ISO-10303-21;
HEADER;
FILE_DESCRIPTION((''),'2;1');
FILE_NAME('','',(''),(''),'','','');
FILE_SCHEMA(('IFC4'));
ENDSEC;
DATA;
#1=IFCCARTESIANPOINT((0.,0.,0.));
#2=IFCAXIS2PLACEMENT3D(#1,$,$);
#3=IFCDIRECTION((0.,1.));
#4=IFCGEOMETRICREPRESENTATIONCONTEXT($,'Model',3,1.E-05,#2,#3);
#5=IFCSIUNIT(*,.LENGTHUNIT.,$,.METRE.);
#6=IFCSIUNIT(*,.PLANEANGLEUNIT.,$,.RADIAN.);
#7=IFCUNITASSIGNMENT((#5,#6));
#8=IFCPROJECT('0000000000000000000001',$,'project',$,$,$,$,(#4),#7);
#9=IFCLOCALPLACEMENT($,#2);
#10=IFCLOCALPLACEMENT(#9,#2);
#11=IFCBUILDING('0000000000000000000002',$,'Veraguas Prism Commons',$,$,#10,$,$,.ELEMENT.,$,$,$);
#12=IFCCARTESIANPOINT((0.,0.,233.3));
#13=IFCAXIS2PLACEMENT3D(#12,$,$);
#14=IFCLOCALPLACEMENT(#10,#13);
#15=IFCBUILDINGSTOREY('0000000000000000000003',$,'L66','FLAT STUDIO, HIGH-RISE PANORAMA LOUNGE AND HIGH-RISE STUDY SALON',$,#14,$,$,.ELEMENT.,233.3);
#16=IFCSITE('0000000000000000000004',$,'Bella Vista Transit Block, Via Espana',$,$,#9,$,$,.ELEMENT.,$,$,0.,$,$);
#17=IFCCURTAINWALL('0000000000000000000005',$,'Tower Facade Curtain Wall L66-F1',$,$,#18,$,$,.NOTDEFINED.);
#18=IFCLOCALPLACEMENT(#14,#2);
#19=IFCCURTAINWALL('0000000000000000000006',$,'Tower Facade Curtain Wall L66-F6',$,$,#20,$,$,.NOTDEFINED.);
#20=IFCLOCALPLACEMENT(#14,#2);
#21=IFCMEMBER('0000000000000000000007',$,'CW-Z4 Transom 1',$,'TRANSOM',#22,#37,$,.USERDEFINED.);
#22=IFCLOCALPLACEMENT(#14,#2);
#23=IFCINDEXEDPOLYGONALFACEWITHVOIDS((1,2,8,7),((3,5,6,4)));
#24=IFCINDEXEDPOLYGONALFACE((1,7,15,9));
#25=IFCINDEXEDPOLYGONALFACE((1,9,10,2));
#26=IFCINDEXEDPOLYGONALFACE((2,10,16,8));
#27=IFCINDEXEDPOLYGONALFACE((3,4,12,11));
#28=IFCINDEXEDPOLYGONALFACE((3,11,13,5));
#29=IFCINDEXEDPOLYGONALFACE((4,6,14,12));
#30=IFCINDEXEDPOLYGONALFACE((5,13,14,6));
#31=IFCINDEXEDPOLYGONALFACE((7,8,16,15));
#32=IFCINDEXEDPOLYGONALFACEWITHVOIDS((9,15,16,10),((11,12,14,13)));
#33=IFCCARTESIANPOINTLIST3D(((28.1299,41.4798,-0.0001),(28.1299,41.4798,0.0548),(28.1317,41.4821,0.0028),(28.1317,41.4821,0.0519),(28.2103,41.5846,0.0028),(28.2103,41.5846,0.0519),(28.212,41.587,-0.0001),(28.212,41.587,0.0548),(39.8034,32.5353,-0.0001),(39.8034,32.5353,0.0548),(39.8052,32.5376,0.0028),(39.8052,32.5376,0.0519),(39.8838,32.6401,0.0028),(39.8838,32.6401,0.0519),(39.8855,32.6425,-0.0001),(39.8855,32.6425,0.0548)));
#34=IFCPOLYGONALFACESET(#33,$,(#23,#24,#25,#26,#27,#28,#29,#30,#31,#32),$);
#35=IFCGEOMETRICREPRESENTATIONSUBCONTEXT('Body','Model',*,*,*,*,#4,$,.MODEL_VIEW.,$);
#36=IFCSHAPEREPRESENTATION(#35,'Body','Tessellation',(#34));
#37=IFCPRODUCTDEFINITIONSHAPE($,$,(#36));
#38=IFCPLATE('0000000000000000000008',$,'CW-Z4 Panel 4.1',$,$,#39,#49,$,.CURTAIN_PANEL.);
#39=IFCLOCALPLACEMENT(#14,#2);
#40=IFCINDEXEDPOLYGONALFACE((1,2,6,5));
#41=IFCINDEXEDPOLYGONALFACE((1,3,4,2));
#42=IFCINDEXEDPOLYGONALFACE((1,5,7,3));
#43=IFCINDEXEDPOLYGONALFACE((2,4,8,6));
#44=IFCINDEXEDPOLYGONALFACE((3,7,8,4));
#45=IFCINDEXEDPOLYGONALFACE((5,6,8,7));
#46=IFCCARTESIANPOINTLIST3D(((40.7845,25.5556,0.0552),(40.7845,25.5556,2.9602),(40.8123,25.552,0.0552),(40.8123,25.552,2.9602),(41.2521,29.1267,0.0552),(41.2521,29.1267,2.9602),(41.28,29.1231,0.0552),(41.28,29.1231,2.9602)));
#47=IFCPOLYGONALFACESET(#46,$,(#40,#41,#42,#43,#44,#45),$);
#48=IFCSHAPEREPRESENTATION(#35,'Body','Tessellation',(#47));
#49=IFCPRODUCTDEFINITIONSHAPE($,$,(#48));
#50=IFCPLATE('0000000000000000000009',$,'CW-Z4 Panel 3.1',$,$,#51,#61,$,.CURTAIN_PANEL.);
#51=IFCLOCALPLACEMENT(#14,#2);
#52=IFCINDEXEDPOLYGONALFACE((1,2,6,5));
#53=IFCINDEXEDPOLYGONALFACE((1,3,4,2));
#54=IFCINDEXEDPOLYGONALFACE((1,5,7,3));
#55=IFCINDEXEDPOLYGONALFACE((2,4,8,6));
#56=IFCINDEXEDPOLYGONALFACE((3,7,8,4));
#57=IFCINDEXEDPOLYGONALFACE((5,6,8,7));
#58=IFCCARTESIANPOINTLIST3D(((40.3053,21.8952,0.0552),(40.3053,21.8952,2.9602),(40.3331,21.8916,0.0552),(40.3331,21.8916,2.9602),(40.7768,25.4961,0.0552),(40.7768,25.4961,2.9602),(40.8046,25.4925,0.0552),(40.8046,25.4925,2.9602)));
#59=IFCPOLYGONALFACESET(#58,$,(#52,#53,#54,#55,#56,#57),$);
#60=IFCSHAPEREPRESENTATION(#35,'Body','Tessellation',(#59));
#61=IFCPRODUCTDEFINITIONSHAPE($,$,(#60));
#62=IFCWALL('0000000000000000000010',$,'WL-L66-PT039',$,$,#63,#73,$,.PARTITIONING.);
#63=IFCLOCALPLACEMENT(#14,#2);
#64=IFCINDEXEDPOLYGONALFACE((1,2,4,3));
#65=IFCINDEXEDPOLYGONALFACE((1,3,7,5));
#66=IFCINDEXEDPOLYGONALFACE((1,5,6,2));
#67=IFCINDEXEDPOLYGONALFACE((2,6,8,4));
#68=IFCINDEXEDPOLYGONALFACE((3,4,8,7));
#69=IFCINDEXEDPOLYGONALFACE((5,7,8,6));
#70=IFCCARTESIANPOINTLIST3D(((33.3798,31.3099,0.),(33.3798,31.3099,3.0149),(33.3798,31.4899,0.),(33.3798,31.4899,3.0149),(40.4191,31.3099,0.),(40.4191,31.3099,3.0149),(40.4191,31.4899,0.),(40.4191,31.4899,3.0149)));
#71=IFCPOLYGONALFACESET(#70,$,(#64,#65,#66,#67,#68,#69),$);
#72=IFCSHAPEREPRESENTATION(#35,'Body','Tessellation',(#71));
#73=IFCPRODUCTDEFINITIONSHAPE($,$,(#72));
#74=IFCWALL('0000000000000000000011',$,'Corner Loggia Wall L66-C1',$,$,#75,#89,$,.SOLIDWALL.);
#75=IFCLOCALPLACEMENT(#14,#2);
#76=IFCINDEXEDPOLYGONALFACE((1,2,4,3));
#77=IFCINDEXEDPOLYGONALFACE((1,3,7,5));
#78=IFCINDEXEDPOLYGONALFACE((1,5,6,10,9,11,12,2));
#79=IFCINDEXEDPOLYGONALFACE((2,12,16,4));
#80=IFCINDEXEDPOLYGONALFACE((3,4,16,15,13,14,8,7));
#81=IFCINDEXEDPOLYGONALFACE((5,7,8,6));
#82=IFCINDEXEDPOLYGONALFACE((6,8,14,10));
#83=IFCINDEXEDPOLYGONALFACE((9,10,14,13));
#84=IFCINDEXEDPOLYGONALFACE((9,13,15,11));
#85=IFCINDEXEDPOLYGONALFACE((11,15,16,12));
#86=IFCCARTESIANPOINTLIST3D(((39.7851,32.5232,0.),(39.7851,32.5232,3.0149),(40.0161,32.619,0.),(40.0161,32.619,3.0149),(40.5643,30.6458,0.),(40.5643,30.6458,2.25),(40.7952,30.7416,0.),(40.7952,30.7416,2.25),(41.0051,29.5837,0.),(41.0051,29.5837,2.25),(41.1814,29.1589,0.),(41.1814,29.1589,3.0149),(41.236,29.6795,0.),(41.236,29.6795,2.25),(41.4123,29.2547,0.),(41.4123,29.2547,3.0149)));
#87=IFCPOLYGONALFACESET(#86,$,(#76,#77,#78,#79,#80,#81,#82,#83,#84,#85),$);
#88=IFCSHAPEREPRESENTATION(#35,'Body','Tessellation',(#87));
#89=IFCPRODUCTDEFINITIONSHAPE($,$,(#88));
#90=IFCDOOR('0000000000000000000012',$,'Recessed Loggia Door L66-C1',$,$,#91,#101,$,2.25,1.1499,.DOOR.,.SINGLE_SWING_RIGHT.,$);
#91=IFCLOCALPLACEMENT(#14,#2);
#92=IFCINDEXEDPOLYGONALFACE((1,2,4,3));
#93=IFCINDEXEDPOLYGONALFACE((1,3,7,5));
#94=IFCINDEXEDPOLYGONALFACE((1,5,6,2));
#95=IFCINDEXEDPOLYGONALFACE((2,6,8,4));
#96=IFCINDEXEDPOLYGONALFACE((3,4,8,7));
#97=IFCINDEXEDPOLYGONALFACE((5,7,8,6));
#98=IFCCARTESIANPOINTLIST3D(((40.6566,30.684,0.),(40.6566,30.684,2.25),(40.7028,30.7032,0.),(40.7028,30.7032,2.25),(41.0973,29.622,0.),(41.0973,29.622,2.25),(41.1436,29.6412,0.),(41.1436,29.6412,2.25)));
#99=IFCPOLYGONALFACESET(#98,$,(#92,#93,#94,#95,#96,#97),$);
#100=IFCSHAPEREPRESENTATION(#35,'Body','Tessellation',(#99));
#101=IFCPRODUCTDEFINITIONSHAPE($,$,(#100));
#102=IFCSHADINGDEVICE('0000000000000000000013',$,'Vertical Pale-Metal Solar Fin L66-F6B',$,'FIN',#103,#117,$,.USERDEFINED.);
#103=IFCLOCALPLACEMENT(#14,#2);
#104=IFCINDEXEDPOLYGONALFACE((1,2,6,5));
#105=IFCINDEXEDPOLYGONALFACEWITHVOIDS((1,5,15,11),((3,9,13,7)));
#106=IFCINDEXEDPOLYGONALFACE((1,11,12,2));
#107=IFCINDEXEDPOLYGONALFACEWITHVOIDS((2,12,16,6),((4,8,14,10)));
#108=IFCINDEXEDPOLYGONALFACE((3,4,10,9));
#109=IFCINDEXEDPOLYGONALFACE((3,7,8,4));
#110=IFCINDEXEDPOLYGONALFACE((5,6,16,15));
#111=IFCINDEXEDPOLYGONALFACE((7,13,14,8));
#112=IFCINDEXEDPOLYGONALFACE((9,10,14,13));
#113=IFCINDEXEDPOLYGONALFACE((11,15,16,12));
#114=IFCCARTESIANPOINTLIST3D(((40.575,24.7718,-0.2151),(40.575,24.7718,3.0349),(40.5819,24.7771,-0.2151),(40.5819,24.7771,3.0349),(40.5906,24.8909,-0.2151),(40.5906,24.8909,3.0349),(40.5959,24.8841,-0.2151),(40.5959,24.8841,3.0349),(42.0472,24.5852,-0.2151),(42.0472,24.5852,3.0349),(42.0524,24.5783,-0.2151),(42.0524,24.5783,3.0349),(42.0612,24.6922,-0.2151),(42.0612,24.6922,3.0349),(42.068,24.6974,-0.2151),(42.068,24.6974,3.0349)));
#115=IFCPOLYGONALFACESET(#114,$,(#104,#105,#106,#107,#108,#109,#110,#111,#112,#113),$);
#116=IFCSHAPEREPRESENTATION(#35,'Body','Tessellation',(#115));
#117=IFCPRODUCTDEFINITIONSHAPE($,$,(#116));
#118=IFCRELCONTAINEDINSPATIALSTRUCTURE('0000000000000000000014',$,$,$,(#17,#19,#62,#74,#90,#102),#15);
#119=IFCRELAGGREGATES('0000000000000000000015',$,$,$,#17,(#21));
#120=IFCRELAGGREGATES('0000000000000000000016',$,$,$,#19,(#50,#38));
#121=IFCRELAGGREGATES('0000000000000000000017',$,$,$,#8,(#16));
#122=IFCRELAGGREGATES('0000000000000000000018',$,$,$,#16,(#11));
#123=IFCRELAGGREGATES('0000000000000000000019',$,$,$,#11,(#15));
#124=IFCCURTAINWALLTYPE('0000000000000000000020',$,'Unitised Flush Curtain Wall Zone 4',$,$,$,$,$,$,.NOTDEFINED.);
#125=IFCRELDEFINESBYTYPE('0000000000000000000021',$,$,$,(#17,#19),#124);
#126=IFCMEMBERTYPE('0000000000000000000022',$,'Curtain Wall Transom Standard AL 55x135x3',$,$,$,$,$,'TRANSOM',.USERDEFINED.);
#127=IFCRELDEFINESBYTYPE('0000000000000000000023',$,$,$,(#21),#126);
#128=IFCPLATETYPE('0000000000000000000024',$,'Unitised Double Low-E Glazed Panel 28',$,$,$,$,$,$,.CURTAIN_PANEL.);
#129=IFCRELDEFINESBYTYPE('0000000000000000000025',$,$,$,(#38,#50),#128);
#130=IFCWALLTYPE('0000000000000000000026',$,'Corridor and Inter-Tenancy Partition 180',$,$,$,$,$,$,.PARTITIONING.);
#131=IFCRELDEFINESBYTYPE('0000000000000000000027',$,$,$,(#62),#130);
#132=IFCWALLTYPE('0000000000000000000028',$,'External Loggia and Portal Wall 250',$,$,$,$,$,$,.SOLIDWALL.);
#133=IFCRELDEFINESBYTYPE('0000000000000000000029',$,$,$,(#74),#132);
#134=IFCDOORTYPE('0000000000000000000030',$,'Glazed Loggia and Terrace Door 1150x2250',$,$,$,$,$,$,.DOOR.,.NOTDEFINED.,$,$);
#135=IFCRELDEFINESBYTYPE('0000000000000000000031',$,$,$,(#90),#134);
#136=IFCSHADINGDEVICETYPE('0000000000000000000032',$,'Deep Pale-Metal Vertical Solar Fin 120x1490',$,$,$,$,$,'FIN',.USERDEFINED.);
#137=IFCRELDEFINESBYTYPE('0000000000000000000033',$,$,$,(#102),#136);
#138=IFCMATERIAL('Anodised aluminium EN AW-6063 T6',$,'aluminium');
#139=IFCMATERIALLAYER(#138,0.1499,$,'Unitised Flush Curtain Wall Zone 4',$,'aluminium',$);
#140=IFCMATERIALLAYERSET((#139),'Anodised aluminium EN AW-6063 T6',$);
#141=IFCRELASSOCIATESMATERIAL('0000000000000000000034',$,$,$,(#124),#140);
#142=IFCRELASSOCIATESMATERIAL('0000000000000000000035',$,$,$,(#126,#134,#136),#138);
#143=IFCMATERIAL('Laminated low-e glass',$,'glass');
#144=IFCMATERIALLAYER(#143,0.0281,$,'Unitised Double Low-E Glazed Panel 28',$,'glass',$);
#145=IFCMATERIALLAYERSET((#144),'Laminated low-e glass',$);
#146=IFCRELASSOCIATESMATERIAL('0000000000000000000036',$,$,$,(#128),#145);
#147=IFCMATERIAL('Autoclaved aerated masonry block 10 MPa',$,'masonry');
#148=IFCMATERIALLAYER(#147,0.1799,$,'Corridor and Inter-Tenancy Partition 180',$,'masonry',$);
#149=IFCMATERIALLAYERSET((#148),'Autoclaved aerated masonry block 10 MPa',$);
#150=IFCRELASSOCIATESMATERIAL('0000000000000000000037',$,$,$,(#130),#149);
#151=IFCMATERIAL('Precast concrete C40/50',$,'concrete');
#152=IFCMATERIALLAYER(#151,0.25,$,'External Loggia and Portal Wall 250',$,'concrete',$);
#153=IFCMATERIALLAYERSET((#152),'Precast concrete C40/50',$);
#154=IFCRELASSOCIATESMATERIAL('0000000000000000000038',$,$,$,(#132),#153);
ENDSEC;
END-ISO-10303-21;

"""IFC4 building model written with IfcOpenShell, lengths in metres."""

from ifc_helpers import new_model, si_unit, direction, frame, frame_2d, origin, origin_2d, place, context, subcontext, project, spatial, rectangle, hollow_rectangle, extrude, source, transform, mapped, material, layer, layer_set, material_profile, profile_set, type_object, element, fill, aggregate, save


model = new_model("IFC4")

# Units and contexts
model_context = context("Model", 3, precision=1e-05, world=origin(), true_north=direction((0.0, 1.0)))
body_context = subcontext(model_context, "Body", "Model", "MODEL_VIEW")
ifc_project = project(units=[si_unit("LENGTHUNIT", "METRE"), si_unit("PLANEANGLEUNIT", "RADIAN")], contexts=[model_context])

# Site, building, storey
site_placement = place(None, origin())
site = spatial("IfcSite", under=ifc_project, at=site_placement, Name="Bella Vista Transit Block, Via Espana", CompositionType="ELEMENT", RefElevation=0.0)
building_placement = place(site_placement, origin())
building = spatial("IfcBuilding", under=site, at=building_placement, Name="Veraguas Prism Commons", CompositionType="ELEMENT")
storey_placement = place(building_placement, frame((0.0, 0.0, 233.3)))
storey = spatial("IfcBuildingStorey", under=building, at=storey_placement, Name="L66", Description="FLAT STUDIO, HIGH-RISE PANORAMA LOUNGE AND HIGH-RISE STUDY SALON", CompositionType="ELEMENT", Elevation=233.3)

# Curtain wall
ifc_material_1 = material(Name="Anodised aluminium EN AW-6063 T6", Category="aluminium")
ifc_layer_1 = layer(ifc_material_1, 0.1499, Name="Unitised Flush Curtain Wall Zone 4", Category="aluminium")
ifc_layer_set_1 = layer_set([ifc_layer_1], Name="Anodised aluminium EN AW-6063 T6")
curtain_wall_type = type_object("IfcCurtainWallType", Name="Unitised Flush Curtain Wall Zone 4", PredefinedType="NOTDEFINED", material=ifc_layer_set_1)
curtain_wall_1_placement = place(storey_placement, origin())
curtain_wall_1 = element("IfcCurtainWall", 1, at=curtain_wall_1_placement, inside=storey, type_object=curtain_wall_type, Name="Tower Facade Curtain Wall L66-F1", PredefinedType="NOTDEFINED")

# Curtain wall
curtain_wall_2_placement = place(storey_placement, origin())
curtain_wall_2 = element("IfcCurtainWall", 2, at=curtain_wall_2_placement, inside=storey, type_object=curtain_wall_type, Name="Tower Facade Curtain Wall L66-F6", PredefinedType="NOTDEFINED")

# Member
ifc_material_profile_1 = material_profile(ifc_material_1, hollow_rectangle(XDim=0.0549, YDim=0.135, WallThickness=0.0029, at=origin_2d()), Name="AL55X135X3")
ifc_profile_set_1 = profile_set([ifc_material_profile_1], Name="Anodised aluminium EN AW-6063 T6")
member_type_1 = type_object("IfcMemberType", Name="Curtain Wall Transom Standard AL 55x135x3", ElementType="TRANSOM", PredefinedType="USERDEFINED", material=ifc_profile_set_1)
shared_shape_1 = source(origin(), body_context, "Body", "SweptSolid", [
    extrude(hollow_rectangle(XDim=0.0549, YDim=0.135, WallThickness=0.0029, at=origin_2d()), origin(), (0.0, 0.0, 1.0), 14.7063),
])
member_1_placement = place(storey_placement, frame((39.8445, 32.5889, 0.0273), z_axis=(-0.793776, 0.60821, 0.0), x_axis=(0.0, 0.0, 1.0)))
member_1 = element("IfcMember", 3, at=member_1_placement, type_object=member_type_1, Name="CW-Z4 Transom 1", ObjectType="TRANSOM", PredefinedType="USERDEFINED", context=body_context, shape_type="MappedRepresentation", body=[
    mapped(shared_shape_1, transform((0.0, 0.0, 0.0), scale=1.0)),
])
aggregate(curtain_wall_1, [member_1])

# Plates
ifc_material_2 = material(Name="Laminated low-e glass", Category="glass")
ifc_layer_2 = layer(ifc_material_2, 0.0281, Name="Unitised Double Low-E Glazed Panel 28", Category="glass")
ifc_layer_set_2 = layer_set([ifc_layer_2], Name="Laminated low-e glass")
plate_type = type_object("IfcPlateType", Name="Unitised Double Low-E Glazed Panel 28", PredefinedType="CURTAIN_PANEL", material=ifc_layer_set_2)
shared_shape_2 = source(origin(), body_context, "Body", "SweptSolid", [
    extrude(rectangle(XDim=3.6016, YDim=0.0281, at=origin_2d()), origin(), (0.0, 0.0, 1.0), 2.905),
])
plate_1_placement = place(storey_placement, frame((41.0322, 27.3394, 0.0552), z_axis=(0.0, 0.0, 1.0), x_axis=(0.129836, 0.991536, 0.0)))
plate_1 = element("IfcPlate", 4, at=plate_1_placement, type_object=plate_type, Name="CW-Z4 Panel 4.1", PredefinedType="CURTAIN_PANEL", context=body_context, shape_type="MappedRepresentation", body=[
    mapped(shared_shape_2, transform((0.0, 0.0, 0.0), scale=1.0)),
])
shared_shape_3 = source(origin(), body_context, "Body", "SweptSolid", [
    extrude(rectangle(XDim=3.6316, YDim=0.0281, at=origin_2d()), origin(), (0.0, 0.0, 1.0), 2.905),
])
plate_2_placement = place(storey_placement, frame((40.5549, 23.6938, 0.0552), z_axis=(0.0, 0.0, 1.0), x_axis=(0.129836, 0.991536, 0.0)))
plate_2 = element("IfcPlate", 5, at=plate_2_placement, type_object=plate_type, Name="CW-Z4 Panel 3.1", PredefinedType="CURTAIN_PANEL", context=body_context, shape_type="MappedRepresentation", body=[
    mapped(shared_shape_3, transform((0.0, 0.0, 0.0), scale=1.0)),
])
aggregate(curtain_wall_2, [plate_2, plate_1])

# Wall
ifc_material_3 = material(Name="Autoclaved aerated masonry block 10 MPa", Category="masonry")
ifc_layer_3 = layer(ifc_material_3, 0.1799, Name="Corridor and Inter-Tenancy Partition 180", Category="masonry")
ifc_layer_set_3 = layer_set([ifc_layer_3], Name="Autoclaved aerated masonry block 10 MPa")
wall_type_1 = type_object("IfcWallType", Name="Corridor and Inter-Tenancy Partition 180", PredefinedType="PARTITIONING", material=ifc_layer_set_3)
wall_1_placement = place(storey_placement, frame((33.3799, 31.3999, 0.0), z_axis=(0.0, 0.0, 1.0), x_axis=(1.0, 0.0, 0.0)))
element("IfcWall", 6, at=wall_1_placement, inside=storey, type_object=wall_type_1, Name="WL-L66-PT039", PredefinedType="PARTITIONING", context=body_context, shape_type="SweptSolid", body=[
    extrude(rectangle(XDim=7.0393, YDim=0.1799, at=frame_2d((3.5195, 0.0))), origin(), (0.0, 0.0, 1.0), 3.0149),
])

# Wall, opening, door
ifc_material_4 = material(Name="Precast concrete C40/50", Category="concrete")
ifc_layer_4 = layer(ifc_material_4, 0.25, Name="External Loggia and Portal Wall 250", Category="concrete")
ifc_layer_set_4 = layer_set([ifc_layer_4], Name="Precast concrete C40/50")
wall_type_2 = type_object("IfcWallType", Name="External Loggia and Portal Wall 250", PredefinedType="SOLIDWALL", material=ifc_layer_set_4)
wall_2_placement = place(storey_placement, frame((41.2969, 29.2068, 0.0), z_axis=(0.0, 0.0, 1.0), x_axis=(-0.38332, 0.923615, 0.0)))
wall_2 = element("IfcWall", 7, at=wall_2_placement, inside=storey, type_object=wall_type_2, Name="Corner Loggia Wall L66-C1", PredefinedType="SOLIDWALL", context=body_context, shape_type="SweptSolid", body=[
    extrude(rectangle(XDim=3.6426, YDim=0.25, at=frame_2d((1.8213, 0.0))), origin(), (0.0, 0.0, 1.0), 3.0149),
])
opening_placement = place(wall_2_placement, frame((0.46, 0.0, 0.0)))
opening = element("IfcOpeningElement", 8, at=opening_placement, cuts=wall_2, PredefinedType="OPENING", context=body_context, shape_type="SweptSolid", body=[
    extrude(rectangle(XDim=1.1499, YDim=2.25, at=frame_2d((0.575, 1.125))), frame((0.0, 0.135, 0.0), z_axis=(0.0, -1.0, 0.0), x_axis=(1.0, 0.0, 0.0)), (0.0, 0.0, 1.0), 0.27),
])
door_type = type_object("IfcDoorType", Name="Glazed Loggia and Terrace Door 1150x2250", OperationType="NOTDEFINED", PredefinedType="DOOR", material=ifc_material_1)
shared_shape_4 = source(origin(), body_context, "Body", "SweptSolid", [
    extrude(rectangle(XDim=1.1499, YDim=2.25, at=frame_2d((0.575, 1.125))), frame((0.0, 0.0249, 0.0), z_axis=(0.0, -1.0, 0.0), x_axis=(1.0, 0.0, 0.0)), (0.0, 0.0, 1.0), 0.05),
])
door_placement = place(opening_placement, frame((1.1499, 0.0, 0.0), z_axis=(0.0, 0.0, 1.0), x_axis=(-1.0, 0.0, 0.0)))
door = element("IfcDoor", 9, at=door_placement, inside=storey, type_object=door_type, Name="Recessed Loggia Door L66-C1", OperationType="SINGLE_SWING_RIGHT", OverallHeight=2.25, OverallWidth=1.1499, PredefinedType="DOOR", context=body_context, shape_type="MappedRepresentation", body=[
    mapped(shared_shape_4, transform((0.0, 0.0, 0.0), scale=1.0)),
])
fill(opening, door)

# Shading device
ifc_material_profile_2 = material_profile(ifc_material_1, hollow_rectangle(XDim=0.1201, YDim=1.49, WallThickness=0.0061, at=origin_2d()), Name="FIN120X1490X6")
ifc_profile_set_2 = profile_set([ifc_material_profile_2], Name="Anodised aluminium EN AW-6063 T6")
shading_device_type = type_object("IfcShadingDeviceType", Name="Deep Pale-Metal Vertical Solar Fin 120x1490", ElementType="FIN", PredefinedType="USERDEFINED", material=ifc_profile_set_2)
shading_device_placement = place(storey_placement, frame((41.3215, 24.7346, -0.2151), z_axis=(0.0, 0.0, 1.0), x_axis=(0.129837, 0.991535, 0.0)))
element("IfcShadingDevice", 10, at=shading_device_placement, inside=storey, type_object=shading_device_type, Name="Vertical Pale-Metal Solar Fin L66-F6B", ObjectType="FIN", PredefinedType="USERDEFINED", context=body_context, shape_type="SweptSolid", body=[
    extrude(hollow_rectangle(XDim=0.1201, YDim=1.49, WallThickness=0.0061, at=origin_2d()), origin(), (0.0, 0.0, 1.0), 3.25),
])

save(model, "model.ifc")
